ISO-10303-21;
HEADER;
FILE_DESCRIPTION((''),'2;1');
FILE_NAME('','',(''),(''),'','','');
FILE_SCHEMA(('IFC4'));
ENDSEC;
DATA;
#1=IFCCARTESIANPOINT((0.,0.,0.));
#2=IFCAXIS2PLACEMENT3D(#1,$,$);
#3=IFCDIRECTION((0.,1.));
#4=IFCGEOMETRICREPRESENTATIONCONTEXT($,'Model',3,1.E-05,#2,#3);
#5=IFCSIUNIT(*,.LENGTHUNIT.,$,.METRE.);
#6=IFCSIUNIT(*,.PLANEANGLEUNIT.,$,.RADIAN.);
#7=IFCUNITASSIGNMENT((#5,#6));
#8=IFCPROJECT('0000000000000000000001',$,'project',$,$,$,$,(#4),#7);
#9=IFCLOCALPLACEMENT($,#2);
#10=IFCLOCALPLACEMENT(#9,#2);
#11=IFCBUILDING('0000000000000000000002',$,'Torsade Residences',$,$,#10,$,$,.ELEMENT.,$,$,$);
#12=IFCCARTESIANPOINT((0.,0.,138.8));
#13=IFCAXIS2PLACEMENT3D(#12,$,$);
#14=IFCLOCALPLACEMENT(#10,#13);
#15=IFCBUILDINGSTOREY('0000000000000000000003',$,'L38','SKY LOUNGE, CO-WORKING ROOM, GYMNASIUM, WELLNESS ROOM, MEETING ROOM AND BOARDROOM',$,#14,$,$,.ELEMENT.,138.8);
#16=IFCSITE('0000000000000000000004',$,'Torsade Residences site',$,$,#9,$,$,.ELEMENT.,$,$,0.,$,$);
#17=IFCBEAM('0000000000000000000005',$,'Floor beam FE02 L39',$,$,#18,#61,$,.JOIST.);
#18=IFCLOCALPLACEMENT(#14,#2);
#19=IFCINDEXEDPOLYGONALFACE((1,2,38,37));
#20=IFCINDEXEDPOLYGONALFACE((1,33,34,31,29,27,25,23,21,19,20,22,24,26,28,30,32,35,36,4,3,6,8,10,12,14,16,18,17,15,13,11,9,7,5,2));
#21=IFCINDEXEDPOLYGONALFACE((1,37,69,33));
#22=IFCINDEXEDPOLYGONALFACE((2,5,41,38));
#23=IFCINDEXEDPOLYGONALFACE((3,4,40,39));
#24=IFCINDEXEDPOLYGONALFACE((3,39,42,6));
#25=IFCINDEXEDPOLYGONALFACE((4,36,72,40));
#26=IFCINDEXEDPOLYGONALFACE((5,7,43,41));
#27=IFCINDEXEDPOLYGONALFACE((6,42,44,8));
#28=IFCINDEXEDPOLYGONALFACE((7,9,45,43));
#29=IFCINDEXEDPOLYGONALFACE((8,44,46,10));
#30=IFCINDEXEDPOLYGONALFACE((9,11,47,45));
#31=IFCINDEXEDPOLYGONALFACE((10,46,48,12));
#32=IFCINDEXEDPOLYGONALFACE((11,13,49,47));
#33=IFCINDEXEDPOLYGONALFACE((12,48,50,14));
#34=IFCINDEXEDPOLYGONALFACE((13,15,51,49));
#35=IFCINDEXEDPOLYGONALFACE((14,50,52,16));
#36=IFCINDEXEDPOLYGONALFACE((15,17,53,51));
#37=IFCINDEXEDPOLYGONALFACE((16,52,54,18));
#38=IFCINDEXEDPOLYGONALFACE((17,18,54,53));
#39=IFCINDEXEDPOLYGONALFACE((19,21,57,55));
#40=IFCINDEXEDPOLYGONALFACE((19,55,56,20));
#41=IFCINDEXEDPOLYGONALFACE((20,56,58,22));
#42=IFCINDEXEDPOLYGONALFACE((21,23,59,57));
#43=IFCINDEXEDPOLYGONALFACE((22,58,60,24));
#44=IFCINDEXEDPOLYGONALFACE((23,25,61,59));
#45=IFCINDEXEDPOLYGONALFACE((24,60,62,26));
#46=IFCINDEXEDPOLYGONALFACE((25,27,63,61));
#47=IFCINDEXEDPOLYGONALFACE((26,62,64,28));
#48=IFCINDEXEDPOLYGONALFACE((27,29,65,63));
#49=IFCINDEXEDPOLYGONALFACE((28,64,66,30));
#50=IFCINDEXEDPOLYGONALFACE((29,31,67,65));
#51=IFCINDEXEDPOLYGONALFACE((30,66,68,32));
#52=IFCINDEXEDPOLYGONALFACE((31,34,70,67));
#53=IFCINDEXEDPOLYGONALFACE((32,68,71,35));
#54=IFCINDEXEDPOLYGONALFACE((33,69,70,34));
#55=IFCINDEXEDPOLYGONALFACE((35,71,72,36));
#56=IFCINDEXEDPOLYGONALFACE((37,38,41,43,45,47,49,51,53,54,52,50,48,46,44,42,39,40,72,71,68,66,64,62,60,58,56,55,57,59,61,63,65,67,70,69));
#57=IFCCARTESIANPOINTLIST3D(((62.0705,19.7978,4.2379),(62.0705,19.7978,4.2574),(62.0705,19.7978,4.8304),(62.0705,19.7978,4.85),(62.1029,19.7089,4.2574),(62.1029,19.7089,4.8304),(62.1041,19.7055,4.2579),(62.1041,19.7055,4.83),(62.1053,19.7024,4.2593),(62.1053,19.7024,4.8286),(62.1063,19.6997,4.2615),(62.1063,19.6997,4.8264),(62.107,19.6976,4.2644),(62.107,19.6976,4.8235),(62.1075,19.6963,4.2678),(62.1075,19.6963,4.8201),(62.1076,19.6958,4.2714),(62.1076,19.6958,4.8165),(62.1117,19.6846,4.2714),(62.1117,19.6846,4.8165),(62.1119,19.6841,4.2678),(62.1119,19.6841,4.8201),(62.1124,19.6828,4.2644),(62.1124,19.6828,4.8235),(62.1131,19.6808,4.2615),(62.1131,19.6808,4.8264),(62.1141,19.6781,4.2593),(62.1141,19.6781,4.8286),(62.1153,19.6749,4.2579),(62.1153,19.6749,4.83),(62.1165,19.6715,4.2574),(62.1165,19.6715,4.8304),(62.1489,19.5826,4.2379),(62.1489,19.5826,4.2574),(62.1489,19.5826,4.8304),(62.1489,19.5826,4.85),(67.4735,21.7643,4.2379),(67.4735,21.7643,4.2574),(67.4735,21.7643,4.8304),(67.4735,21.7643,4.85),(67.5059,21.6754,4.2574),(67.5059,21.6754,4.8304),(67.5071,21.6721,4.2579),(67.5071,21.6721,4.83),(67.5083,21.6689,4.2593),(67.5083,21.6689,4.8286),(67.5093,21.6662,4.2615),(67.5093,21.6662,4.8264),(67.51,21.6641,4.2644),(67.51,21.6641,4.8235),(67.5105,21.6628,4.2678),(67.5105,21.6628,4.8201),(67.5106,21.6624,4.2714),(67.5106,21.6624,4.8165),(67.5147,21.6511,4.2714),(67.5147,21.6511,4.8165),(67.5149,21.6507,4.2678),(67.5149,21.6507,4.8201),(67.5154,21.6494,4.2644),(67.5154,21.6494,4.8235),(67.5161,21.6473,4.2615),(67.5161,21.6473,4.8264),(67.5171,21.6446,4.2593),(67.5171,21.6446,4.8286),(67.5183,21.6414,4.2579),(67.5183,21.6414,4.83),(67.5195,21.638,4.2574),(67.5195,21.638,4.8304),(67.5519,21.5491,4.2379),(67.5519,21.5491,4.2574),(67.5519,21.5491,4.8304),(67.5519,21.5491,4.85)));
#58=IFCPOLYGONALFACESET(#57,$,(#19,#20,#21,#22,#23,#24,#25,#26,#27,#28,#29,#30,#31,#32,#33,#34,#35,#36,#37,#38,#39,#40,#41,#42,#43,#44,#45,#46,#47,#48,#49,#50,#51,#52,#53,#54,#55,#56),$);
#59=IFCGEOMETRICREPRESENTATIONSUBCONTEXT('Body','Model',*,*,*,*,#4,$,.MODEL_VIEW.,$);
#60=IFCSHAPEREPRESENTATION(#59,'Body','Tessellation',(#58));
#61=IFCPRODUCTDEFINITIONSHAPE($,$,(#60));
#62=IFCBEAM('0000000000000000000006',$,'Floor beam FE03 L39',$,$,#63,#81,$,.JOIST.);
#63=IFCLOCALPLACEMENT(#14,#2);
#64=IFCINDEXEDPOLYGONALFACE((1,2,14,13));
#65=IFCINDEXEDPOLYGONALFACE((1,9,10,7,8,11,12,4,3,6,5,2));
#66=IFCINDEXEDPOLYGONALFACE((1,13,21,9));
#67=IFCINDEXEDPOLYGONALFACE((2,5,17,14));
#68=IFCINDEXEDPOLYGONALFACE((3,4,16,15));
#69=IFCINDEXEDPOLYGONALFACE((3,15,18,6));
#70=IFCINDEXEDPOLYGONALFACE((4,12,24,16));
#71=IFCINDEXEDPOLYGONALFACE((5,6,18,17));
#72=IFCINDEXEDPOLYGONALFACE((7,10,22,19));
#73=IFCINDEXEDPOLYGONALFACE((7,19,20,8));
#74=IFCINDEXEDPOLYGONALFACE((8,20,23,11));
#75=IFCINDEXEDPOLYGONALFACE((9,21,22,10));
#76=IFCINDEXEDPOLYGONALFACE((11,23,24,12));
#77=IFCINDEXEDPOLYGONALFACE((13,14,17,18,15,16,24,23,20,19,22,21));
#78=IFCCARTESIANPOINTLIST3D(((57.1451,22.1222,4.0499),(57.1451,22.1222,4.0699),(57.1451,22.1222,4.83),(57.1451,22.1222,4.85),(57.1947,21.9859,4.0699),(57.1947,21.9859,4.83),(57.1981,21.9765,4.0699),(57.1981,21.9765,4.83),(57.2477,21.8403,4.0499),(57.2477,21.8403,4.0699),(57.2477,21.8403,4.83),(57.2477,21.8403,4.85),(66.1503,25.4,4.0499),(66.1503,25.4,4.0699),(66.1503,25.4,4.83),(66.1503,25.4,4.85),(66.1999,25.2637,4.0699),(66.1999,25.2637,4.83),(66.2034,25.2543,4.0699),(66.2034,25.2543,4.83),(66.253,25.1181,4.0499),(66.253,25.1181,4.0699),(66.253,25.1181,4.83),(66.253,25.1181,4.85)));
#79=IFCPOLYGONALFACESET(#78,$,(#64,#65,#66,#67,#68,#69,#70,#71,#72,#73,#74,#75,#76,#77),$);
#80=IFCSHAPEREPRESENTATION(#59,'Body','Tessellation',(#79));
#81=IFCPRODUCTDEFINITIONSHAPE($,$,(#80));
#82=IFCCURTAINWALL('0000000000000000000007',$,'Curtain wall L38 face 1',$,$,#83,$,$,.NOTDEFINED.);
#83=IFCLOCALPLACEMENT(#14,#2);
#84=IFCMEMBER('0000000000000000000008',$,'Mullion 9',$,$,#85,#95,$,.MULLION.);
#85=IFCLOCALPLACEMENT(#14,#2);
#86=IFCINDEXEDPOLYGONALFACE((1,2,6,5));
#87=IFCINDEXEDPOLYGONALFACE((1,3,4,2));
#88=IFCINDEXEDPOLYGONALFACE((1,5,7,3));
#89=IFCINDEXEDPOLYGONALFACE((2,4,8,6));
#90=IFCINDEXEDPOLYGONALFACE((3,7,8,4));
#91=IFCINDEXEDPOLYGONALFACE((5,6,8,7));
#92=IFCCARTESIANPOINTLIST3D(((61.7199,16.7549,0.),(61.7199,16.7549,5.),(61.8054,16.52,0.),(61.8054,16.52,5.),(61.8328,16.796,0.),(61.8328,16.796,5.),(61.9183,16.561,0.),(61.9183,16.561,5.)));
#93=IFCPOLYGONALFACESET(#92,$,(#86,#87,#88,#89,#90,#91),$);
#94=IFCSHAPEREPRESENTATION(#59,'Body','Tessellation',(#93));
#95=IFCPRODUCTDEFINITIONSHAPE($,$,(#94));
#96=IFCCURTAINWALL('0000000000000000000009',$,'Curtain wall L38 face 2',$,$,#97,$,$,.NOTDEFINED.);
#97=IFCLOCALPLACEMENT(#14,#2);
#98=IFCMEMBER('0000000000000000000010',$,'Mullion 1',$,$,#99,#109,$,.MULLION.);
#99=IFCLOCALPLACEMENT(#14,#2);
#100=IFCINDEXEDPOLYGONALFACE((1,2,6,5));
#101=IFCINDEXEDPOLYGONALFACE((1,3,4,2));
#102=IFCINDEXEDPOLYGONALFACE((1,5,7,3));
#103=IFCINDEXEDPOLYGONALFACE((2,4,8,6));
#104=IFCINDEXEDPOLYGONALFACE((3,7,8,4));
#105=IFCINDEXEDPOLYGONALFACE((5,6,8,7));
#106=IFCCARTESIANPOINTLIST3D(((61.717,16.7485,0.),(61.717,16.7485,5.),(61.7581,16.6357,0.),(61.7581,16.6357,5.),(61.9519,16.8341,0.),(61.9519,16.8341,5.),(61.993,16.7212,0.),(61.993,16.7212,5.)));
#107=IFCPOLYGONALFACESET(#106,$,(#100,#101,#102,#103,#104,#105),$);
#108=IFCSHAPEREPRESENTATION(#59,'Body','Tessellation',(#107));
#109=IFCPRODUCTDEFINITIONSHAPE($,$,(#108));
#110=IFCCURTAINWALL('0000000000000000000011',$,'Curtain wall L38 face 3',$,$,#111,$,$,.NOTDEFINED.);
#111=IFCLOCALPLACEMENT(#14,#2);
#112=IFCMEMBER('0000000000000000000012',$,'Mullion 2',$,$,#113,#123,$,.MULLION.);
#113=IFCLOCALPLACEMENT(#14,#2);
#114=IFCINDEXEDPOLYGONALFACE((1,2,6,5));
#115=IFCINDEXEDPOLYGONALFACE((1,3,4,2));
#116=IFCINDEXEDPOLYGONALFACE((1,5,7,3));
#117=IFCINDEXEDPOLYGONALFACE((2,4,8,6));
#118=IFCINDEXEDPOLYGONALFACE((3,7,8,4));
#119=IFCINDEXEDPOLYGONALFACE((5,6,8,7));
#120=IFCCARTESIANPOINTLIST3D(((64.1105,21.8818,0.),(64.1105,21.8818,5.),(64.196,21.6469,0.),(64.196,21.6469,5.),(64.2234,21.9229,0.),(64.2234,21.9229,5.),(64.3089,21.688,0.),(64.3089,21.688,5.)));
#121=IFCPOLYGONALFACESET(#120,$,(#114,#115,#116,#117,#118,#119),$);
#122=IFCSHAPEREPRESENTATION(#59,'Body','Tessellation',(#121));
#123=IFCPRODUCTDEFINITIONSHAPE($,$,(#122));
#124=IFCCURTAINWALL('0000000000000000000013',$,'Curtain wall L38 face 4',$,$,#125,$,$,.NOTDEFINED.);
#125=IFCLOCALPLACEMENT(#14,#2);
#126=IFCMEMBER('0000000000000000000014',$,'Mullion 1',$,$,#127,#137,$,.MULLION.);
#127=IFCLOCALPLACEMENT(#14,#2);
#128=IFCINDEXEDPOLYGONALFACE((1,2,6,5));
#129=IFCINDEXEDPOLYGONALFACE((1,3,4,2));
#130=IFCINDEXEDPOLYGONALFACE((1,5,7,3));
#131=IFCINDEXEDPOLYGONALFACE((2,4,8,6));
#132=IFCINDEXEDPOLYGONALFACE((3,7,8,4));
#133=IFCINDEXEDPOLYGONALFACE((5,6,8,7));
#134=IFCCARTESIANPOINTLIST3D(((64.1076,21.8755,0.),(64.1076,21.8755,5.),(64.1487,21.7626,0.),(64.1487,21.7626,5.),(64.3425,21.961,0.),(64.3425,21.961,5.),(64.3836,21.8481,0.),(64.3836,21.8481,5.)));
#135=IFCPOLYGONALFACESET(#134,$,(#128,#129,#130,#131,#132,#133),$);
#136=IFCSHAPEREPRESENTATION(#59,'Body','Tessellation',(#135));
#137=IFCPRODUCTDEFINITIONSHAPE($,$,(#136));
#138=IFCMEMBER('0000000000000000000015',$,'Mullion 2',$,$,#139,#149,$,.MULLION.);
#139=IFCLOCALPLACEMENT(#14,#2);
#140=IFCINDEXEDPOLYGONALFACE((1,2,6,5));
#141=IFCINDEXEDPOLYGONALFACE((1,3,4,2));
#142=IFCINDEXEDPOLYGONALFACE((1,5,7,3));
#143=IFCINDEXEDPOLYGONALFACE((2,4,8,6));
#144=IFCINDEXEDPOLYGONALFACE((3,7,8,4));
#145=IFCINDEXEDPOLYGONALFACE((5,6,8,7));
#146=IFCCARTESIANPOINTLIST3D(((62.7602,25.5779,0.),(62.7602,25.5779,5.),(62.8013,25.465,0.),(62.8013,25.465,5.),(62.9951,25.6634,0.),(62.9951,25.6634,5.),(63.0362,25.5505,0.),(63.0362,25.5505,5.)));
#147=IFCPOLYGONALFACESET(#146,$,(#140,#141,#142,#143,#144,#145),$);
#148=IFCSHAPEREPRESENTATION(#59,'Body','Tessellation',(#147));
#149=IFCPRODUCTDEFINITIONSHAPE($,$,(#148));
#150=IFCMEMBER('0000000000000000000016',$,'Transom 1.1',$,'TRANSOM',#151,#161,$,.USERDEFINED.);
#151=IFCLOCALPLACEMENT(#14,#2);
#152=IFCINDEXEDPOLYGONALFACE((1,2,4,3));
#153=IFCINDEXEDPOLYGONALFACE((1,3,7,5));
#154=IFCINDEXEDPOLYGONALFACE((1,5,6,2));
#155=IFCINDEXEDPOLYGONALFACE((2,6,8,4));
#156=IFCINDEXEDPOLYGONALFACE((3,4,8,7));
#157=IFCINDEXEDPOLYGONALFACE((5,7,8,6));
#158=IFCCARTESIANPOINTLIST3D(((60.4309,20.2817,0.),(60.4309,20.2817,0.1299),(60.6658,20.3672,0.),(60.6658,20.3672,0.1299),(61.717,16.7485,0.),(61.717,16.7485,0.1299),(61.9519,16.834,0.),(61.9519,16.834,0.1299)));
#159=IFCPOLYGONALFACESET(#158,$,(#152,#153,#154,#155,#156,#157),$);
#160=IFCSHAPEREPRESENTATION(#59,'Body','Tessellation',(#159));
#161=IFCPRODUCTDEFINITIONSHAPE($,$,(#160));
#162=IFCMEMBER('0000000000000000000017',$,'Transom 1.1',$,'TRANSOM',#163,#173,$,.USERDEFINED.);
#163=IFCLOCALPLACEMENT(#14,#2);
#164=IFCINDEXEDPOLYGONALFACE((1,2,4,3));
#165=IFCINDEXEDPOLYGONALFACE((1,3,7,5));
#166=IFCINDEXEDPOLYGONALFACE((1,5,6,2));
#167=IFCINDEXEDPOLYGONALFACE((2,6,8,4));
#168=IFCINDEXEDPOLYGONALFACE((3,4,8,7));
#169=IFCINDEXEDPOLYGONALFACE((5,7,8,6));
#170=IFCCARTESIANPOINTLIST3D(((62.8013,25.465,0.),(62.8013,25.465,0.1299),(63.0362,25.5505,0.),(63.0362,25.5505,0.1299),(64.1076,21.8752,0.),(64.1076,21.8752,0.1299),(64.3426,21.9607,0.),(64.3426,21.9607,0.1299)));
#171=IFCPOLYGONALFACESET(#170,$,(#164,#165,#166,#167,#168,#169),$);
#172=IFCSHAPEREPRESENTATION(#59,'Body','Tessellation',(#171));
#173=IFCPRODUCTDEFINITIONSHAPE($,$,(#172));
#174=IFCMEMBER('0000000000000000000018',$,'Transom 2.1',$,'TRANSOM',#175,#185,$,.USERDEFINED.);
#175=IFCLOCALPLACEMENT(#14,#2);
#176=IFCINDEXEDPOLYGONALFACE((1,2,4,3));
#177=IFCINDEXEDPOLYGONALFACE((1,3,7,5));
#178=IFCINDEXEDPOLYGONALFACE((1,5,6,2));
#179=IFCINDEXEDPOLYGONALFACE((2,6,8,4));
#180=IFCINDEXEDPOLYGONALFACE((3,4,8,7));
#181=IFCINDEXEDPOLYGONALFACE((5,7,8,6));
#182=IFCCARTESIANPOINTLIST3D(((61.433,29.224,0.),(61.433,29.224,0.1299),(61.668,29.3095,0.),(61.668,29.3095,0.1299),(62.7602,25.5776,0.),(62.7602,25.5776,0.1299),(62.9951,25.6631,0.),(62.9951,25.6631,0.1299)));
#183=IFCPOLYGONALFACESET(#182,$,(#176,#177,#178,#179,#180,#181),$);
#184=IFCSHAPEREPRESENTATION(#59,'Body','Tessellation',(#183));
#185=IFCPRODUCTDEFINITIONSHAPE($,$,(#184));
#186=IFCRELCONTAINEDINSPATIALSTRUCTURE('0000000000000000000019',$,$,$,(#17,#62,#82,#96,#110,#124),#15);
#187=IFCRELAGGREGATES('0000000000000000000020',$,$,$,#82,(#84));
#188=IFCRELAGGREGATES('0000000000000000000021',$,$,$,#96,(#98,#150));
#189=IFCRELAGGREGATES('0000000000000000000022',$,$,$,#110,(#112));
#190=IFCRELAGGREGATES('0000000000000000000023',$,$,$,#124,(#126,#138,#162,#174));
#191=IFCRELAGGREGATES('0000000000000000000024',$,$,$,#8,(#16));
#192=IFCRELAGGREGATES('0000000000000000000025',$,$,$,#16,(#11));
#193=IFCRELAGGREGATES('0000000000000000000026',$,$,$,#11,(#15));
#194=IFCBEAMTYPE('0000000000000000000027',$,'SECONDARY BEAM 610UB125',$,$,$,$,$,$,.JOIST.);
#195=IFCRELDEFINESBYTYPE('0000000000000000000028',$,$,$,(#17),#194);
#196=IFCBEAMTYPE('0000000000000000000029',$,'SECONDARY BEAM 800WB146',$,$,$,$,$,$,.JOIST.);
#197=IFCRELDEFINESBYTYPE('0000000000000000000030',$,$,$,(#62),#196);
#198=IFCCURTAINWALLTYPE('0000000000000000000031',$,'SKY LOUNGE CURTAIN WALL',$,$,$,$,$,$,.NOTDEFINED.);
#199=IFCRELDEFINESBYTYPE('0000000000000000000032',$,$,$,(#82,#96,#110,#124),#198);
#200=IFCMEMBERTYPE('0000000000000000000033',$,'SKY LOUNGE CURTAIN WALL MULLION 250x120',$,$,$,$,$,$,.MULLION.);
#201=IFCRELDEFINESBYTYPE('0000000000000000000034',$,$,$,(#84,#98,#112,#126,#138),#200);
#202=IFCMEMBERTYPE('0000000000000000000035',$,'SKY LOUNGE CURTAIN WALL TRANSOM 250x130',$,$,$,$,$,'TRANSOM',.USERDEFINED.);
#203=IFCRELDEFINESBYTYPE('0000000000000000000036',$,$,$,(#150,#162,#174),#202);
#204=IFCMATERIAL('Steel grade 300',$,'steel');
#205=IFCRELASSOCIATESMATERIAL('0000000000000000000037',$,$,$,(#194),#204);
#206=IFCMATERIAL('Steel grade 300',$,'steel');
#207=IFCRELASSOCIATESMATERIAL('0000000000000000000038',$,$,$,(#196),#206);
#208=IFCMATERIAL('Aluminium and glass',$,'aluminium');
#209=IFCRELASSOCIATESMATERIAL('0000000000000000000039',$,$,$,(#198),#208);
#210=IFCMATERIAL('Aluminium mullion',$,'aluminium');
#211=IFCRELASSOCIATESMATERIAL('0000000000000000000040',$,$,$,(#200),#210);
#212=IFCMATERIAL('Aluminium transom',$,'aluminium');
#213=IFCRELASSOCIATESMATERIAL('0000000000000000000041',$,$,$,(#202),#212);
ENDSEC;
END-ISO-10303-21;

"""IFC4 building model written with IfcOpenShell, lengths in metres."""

from ifc_helpers import new_model, si_unit, direction, frame, origin, origin_2d, place, context, subcontext, project, spatial, rectangle, i_section, extrude, material, material_profile, profile_set, type_object, element, aggregate, save


model = new_model("IFC4")

# Units and contexts
model_context = context("Model", 3, precision=1e-05, world=origin(), true_north=direction((0.0, 1.0)))
body_context = subcontext(model_context, "Body", "Model", "MODEL_VIEW")
ifc_project = project(units=[si_unit("LENGTHUNIT", "METRE"), si_unit("PLANEANGLEUNIT", "RADIAN")], contexts=[model_context])

# Site, building, storey
site_placement = place(None, origin())
site = spatial("IfcSite", under=ifc_project, at=site_placement, Name="Torsade Residences site", CompositionType="ELEMENT", RefElevation=0.0)
building_placement = place(site_placement, origin())
building = spatial("IfcBuilding", under=site, at=building_placement, Name="Torsade Residences", CompositionType="ELEMENT")
storey_placement = place(building_placement, frame((0.0, 0.0, 138.8)))
storey = spatial("IfcBuildingStorey", under=building, at=storey_placement, Name="L38", Description="SKY LOUNGE, CO-WORKING ROOM, GYMNASIUM, WELLNESS ROOM, MEETING ROOM AND BOARDROOM", CompositionType="ELEMENT", Elevation=138.8)

# Beams
ifc_material_1 = material(Name="Steel grade 300", Category="steel")
ifc_material_profile_1 = material_profile(ifc_material_1, i_section(OverallWidth=0.229, OverallDepth=0.6121, WebThickness=0.012, FlangeThickness=0.0195, FilletRadius=0.0139, at=origin_2d()), Name="610UB125")
ifc_profile_set_1 = profile_set([ifc_material_profile_1], Name="Steel grade 300")
beam_type_1 = type_object("IfcBeamType", Name="SECONDARY BEAM 610UB125", PredefinedType="JOIST", material=ifc_profile_set_1)
beam_1_placement = place(storey_placement, frame((67.5127, 21.6567, 4.5439), z_axis=(-0.939693, -0.342019, 0.0), x_axis=(0.342019, -0.939693, 0.0)))
element("IfcBeam", 1, at=beam_1_placement, inside=storey, type_object=beam_type_1, Name="Floor beam FE02 L39", PredefinedType="JOIST", context=body_context, shape_type="SweptSolid", body=[
    extrude(i_section(OverallWidth=0.229, OverallDepth=0.6121, WebThickness=0.012, FlangeThickness=0.0195, FilletRadius=0.0139, at=origin_2d()), origin(), (0.0, 0.0, 1.0), 5.7498),
])
ifc_material_2 = material(Name="Steel grade 300", Category="steel")
ifc_material_profile_2 = material_profile(ifc_material_2, i_section(OverallWidth=0.3, OverallDepth=0.8, WebThickness=0.01, FlangeThickness=0.02, at=origin_2d()), Name="800WB146")
ifc_profile_set_2 = profile_set([ifc_material_profile_2], Name="Steel grade 300")
beam_type_2 = type_object("IfcBeamType", Name="SECONDARY BEAM 800WB146", PredefinedType="JOIST", material=ifc_profile_set_2)
beam_2_placement = place(storey_placement, frame((66.2017, 25.259, 4.45), z_axis=(-0.939688, -0.342034, 0.0), x_axis=(0.342034, -0.939688, 0.0)))
element("IfcBeam", 2, at=beam_2_placement, inside=storey, type_object=beam_type_2, Name="Floor beam FE03 L39", PredefinedType="JOIST", context=body_context, shape_type="SweptSolid", body=[
    extrude(i_section(OverallWidth=0.3, OverallDepth=0.8, WebThickness=0.01, FlangeThickness=0.02, at=origin_2d()), origin(), (0.0, 0.0, 1.0), 9.5833),
])

# Curtain walls, members
ifc_material_3 = material(Name="Aluminium and glass", Category="aluminium")
curtain_wall_type = type_object("IfcCurtainWallType", Name="SKY LOUNGE CURTAIN WALL", PredefinedType="NOTDEFINED", material=ifc_material_3)
curtain_wall_1_placement = place(storey_placement, origin())
curtain_wall_1 = element("IfcCurtainWall", 3, at=curtain_wall_1_placement, inside=storey, type_object=curtain_wall_type, Name="Curtain wall L38 face 1", PredefinedType="NOTDEFINED")
ifc_material_4 = material(Name="Aluminium mullion", Category="aluminium")
ifc_material_profile_3 = material_profile(ifc_material_4, rectangle(XDim=0.25, YDim=0.1201, at=origin_2d()), Name="SKY LOUNGE CURTAIN WALL MULLION 250x120")
ifc_profile_set_3 = profile_set([ifc_material_profile_3], Name="Aluminium mullion")
member_type_1 = type_object("IfcMemberType", Name="SKY LOUNGE CURTAIN WALL MULLION 250x120", PredefinedType="MULLION", material=ifc_profile_set_3)
member_1_placement = place(storey_placement, frame((61.8191, 16.658, 0.0), z_axis=(0.0, 0.0, 1.0), x_axis=(-0.34202, 0.939693, 0.0)))
member_1 = element("IfcMember", 4, at=member_1_placement, type_object=member_type_1, Name="Mullion 9", PredefinedType="MULLION", context=body_context, shape_type="SweptSolid", body=[
    extrude(rectangle(XDim=0.25, YDim=0.1201, at=origin_2d()), origin(), (0.0, 0.0, 1.0), 5.0),
])
aggregate(curtain_wall_1, [member_1])
curtain_wall_2_placement = place(storey_placement, origin())
curtain_wall_2 = element("IfcCurtainWall", 5, at=curtain_wall_2_placement, inside=storey, type_object=curtain_wall_type, Name="Curtain wall L38 face 2", PredefinedType="NOTDEFINED")
member_2_placement = place(storey_placement, frame((61.855, 16.7349, 0.0), z_axis=(0.0, 0.0, 1.0), x_axis=(-0.939693, -0.34202, 0.0)))
member_2 = element("IfcMember", 6, at=member_2_placement, type_object=member_type_1, Name="Mullion 1", PredefinedType="MULLION", context=body_context, shape_type="SweptSolid", body=[
    extrude(rectangle(XDim=0.25, YDim=0.1201, at=origin_2d()), origin(), (0.0, 0.0, 1.0), 5.0),
])
curtain_wall_3_placement = place(storey_placement, origin())
curtain_wall_3 = element("IfcCurtainWall", 7, at=curtain_wall_3_placement, inside=storey, type_object=curtain_wall_type, Name="Curtain wall L38 face 3", PredefinedType="NOTDEFINED")
member_3_placement = place(storey_placement, frame((64.2097, 21.7849, 0.0), z_axis=(0.0, 0.0, 1.0), x_axis=(-0.34202, 0.939693, 0.0)))
member_3 = element("IfcMember", 8, at=member_3_placement, type_object=member_type_1, Name="Mullion 2", PredefinedType="MULLION", context=body_context, shape_type="SweptSolid", body=[
    extrude(rectangle(XDim=0.25, YDim=0.1201, at=origin_2d()), origin(), (0.0, 0.0, 1.0), 5.0),
])

# Curtain wall, members
curtain_wall_4_placement = place(storey_placement, origin())
curtain_wall_4 = element("IfcCurtainWall", 9, at=curtain_wall_4_placement, inside=storey, type_object=curtain_wall_type, Name="Curtain wall L38 face 4", PredefinedType="NOTDEFINED")
member_4_placement = place(storey_placement, frame((64.2456, 21.8618, 0.0), z_axis=(0.0, 0.0, 1.0), x_axis=(-0.939693, -0.34202, 0.0)))
member_4 = element("IfcMember", 10, at=member_4_placement, type_object=member_type_1, Name="Mullion 1", PredefinedType="MULLION", context=body_context, shape_type="SweptSolid", body=[
    extrude(rectangle(XDim=0.25, YDim=0.1201, at=origin_2d()), origin(), (0.0, 0.0, 1.0), 5.0),
])
member_5_placement = place(storey_placement, frame((62.8982, 25.5642, 0.0), z_axis=(0.0, 0.0, 1.0), x_axis=(-0.939693, -0.34202, 0.0)))
member_5 = element("IfcMember", 11, at=member_5_placement, type_object=member_type_1, Name="Mullion 2", PredefinedType="MULLION", context=body_context, shape_type="SweptSolid", body=[
    extrude(rectangle(XDim=0.25, YDim=0.1201, at=origin_2d()), origin(), (0.0, 0.0, 1.0), 5.0),
])

# Members
ifc_material_5 = material(Name="Aluminium transom", Category="aluminium")
ifc_material_profile_4 = material_profile(ifc_material_5, rectangle(XDim=0.25, YDim=0.1299, at=origin_2d()), Name="SKY LOUNGE CURTAIN WALL TRANSOM 250x130")
ifc_profile_set_4 = profile_set([ifc_material_profile_4], Name="Aluminium transom")
member_type_2 = type_object("IfcMemberType", Name="SKY LOUNGE CURTAIN WALL TRANSOM 250x130", ElementType="TRANSOM", PredefinedType="USERDEFINED", material=ifc_profile_set_4)
member_6_placement = place(storey_placement, frame((61.8345, 16.7913, 0.0649), z_axis=(-0.342056, 0.93968, 0.0), x_axis=(-0.93968, -0.342056, 0.0)))
member_6 = element("IfcMember", 12, at=member_6_placement, type_object=member_type_2, Name="Transom 1.1", ObjectType="TRANSOM", PredefinedType="USERDEFINED", context=body_context, shape_type="SweptSolid", body=[
    extrude(rectangle(XDim=0.25, YDim=0.1299, at=origin_2d()), origin(), (0.0, 0.0, 1.0), 3.76),
])
aggregate(curtain_wall_2, [member_2, member_6])
member_7_placement = place(storey_placement, frame((64.2251, 21.918, 0.0649), z_axis=(-0.341974, 0.939709, 0.0), x_axis=(-0.939709, -0.341974, 0.0)))
member_7 = element("IfcMember", 13, at=member_7_placement, type_object=member_type_2, Name="Transom 1.1", ObjectType="TRANSOM", PredefinedType="USERDEFINED", context=body_context, shape_type="SweptSolid", body=[
    extrude(rectangle(XDim=0.25, YDim=0.1299, at=origin_2d()), origin(), (0.0, 0.0, 1.0), 3.8201),
])
member_8_placement = place(storey_placement, frame((62.8777, 25.6204, 0.0649), z_axis=(-0.342026, 0.939691, 0.0), x_axis=(-0.939691, -0.342026, 0.0)))
member_8 = element("IfcMember", 14, at=member_8_placement, type_object=member_type_2, Name="Transom 2.1", ObjectType="TRANSOM", PredefinedType="USERDEFINED", context=body_context, shape_type="SweptSolid", body=[
    extrude(rectangle(XDim=0.25, YDim=0.1299, at=origin_2d()), origin(), (0.0, 0.0, 1.0), 3.8804),
])

aggregate(curtain_wall_3, [member_3])
aggregate(curtain_wall_4, [member_4, member_5, member_7, member_8])

save(model, "model.ifc")
